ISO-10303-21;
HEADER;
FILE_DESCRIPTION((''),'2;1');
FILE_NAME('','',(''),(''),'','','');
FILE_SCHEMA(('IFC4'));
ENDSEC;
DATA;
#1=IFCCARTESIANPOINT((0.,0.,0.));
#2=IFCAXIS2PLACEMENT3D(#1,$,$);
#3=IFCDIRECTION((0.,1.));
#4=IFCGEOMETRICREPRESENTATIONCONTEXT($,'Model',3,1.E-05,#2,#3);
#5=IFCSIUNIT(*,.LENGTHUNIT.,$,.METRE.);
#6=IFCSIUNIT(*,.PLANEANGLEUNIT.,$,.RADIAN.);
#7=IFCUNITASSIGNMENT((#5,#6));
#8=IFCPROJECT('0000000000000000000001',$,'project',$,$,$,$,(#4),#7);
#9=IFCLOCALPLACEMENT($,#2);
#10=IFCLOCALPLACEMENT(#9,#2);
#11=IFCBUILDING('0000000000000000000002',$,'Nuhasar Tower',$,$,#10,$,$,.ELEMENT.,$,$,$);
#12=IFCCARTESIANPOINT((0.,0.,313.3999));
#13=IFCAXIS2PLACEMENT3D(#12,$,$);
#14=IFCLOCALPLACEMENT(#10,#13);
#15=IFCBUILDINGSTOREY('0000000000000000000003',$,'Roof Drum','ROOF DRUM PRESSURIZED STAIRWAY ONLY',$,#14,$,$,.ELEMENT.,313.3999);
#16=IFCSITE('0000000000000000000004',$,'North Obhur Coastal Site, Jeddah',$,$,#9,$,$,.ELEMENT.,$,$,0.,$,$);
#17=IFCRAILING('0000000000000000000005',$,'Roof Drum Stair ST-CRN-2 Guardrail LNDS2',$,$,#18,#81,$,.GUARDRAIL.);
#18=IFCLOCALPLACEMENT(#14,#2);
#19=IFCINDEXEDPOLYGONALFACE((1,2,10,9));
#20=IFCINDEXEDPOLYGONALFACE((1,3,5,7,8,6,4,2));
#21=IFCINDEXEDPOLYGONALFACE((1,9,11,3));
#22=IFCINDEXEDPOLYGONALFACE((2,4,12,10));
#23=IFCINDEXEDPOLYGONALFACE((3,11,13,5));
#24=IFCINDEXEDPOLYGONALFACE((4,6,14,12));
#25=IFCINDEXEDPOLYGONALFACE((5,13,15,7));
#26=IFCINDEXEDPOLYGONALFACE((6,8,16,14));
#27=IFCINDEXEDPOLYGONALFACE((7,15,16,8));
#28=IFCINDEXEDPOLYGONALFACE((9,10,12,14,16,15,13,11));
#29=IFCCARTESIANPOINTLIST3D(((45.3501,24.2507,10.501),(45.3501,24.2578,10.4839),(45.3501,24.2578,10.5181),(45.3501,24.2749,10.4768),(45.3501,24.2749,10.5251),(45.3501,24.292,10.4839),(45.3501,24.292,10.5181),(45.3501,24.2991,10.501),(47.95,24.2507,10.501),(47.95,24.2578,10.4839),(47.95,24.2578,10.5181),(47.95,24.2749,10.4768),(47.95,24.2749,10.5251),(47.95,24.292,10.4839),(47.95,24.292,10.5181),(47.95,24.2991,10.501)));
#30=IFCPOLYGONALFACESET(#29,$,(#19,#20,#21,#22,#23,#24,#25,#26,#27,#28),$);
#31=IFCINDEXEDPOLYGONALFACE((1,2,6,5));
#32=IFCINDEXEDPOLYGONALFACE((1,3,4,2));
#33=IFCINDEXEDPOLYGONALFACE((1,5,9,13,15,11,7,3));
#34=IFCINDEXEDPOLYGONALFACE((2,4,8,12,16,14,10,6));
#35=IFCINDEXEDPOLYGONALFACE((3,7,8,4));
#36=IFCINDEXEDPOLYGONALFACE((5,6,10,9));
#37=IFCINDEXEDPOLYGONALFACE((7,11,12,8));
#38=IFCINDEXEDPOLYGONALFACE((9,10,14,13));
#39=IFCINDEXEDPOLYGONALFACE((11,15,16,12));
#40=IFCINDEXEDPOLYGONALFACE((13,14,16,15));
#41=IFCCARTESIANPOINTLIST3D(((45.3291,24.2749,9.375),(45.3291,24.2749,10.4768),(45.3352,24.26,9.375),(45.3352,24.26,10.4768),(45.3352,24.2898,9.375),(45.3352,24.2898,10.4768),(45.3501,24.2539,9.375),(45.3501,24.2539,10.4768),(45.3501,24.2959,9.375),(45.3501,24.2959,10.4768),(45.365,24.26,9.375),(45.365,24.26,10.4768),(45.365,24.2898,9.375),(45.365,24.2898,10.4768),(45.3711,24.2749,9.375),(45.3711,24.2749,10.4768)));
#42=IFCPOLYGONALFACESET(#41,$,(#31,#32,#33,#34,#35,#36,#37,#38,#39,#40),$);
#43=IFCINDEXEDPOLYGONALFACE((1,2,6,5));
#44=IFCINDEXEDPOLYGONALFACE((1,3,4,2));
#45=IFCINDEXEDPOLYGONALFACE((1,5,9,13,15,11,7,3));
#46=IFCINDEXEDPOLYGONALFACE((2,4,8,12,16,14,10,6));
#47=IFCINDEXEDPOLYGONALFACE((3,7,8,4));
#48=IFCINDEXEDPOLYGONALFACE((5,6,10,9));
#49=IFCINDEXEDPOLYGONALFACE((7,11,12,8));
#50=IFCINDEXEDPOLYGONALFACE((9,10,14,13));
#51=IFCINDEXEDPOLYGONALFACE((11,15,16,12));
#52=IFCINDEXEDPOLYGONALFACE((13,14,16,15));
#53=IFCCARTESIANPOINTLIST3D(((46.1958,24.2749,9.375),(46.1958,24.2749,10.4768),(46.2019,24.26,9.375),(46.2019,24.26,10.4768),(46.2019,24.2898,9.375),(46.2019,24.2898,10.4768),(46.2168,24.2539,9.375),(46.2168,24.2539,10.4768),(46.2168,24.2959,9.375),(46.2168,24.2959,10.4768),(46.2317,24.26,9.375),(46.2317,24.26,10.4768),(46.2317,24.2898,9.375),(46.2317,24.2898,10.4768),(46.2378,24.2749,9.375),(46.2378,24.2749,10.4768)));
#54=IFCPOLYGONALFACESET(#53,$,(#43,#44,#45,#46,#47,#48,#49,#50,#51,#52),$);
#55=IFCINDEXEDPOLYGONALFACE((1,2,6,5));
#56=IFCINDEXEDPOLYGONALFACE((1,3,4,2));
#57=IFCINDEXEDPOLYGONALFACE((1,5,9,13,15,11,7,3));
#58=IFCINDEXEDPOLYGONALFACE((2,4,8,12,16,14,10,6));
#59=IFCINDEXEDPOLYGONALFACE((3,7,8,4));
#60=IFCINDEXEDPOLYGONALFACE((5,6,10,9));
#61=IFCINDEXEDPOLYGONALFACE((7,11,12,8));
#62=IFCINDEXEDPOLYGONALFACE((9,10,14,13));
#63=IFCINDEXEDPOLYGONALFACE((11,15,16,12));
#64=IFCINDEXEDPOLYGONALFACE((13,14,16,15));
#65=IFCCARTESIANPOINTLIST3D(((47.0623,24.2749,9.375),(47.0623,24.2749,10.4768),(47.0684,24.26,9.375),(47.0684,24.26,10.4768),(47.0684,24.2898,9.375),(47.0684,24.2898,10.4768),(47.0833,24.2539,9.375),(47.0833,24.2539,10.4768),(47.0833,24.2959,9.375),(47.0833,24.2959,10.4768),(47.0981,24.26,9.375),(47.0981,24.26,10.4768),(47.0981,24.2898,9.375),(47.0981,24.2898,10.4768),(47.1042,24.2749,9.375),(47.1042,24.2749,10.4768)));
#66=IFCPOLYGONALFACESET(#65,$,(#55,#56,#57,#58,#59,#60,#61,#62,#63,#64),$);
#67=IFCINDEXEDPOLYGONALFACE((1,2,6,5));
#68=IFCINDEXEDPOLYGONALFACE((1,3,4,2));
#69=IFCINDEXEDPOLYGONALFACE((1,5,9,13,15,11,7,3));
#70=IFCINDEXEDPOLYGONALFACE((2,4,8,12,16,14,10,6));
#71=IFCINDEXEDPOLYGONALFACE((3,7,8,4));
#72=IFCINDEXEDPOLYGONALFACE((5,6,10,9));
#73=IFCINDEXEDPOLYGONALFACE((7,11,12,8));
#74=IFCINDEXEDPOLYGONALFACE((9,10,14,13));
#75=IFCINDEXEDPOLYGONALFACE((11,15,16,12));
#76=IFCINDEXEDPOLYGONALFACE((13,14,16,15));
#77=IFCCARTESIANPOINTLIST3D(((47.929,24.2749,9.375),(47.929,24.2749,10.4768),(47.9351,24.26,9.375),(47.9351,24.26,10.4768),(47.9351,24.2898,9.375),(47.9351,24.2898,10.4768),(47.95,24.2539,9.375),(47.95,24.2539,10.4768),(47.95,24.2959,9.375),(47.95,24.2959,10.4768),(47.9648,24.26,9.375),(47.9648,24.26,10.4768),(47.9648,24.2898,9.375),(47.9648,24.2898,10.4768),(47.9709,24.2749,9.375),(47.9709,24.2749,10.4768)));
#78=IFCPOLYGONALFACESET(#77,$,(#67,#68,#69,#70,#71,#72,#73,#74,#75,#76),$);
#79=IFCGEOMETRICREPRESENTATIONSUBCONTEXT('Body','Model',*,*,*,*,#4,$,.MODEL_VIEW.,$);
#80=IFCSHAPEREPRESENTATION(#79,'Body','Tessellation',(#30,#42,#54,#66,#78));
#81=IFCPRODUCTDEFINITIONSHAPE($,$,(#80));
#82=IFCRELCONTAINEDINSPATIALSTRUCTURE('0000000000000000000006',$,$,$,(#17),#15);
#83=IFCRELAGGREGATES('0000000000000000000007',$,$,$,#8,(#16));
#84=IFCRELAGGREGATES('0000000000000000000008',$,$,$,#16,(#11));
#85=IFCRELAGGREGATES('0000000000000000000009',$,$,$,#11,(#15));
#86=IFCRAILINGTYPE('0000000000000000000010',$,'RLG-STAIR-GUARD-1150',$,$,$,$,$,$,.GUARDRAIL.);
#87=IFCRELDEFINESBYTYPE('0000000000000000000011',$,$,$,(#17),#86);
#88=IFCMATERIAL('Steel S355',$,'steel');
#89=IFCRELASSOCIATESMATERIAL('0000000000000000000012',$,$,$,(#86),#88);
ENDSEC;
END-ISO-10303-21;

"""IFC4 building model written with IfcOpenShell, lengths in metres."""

from ifc_helpers import new_model, si_unit, direction, frame, origin, place, context, subcontext, project, spatial, polyline, outline, extrude, material, type_object, element, save


model = new_model("IFC4")

# Units and contexts
model_context = context("Model", 3, precision=1e-05, world=origin(), true_north=direction((0.0, 1.0)))
body_context = subcontext(model_context, "Body", "Model", "MODEL_VIEW")
ifc_project = project(units=[si_unit("LENGTHUNIT", "METRE"), si_unit("PLANEANGLEUNIT", "RADIAN")], contexts=[model_context])

# Site, building, storey
site_placement = place(None, origin())
site = spatial("IfcSite", under=ifc_project, at=site_placement, Name="North Obhur Coastal Site, Jeddah", CompositionType="ELEMENT", RefElevation=0.0)
building_placement = place(site_placement, origin())
building = spatial("IfcBuilding", under=site, at=building_placement, Name="Nuhasar Tower", CompositionType="ELEMENT")
storey_placement = place(building_placement, frame((0.0, 0.0, 313.3999)))
storey = spatial("IfcBuildingStorey", under=building, at=storey_placement, Name="Roof Drum", Description="ROOF DRUM PRESSURIZED STAIRWAY ONLY", CompositionType="ELEMENT", Elevation=313.3999)

# Shared definitions
ifc_material_1 = material(Name="Steel S355", Category="steel")

# Railing
railing_type = type_object("IfcRailingType", Name="RLG-STAIR-GUARD-1150", PredefinedType="GUARDRAIL", material=ifc_material_1)
for number, where, name in (
    (1, (45.3501, 24.2749, 9.375), "Roof Drum Stair ST-CRN-2 Guardrail LNDS2"),
):
    element("IfcRailing", number, at=place(storey_placement, frame(where)), inside=storey, type_object=railing_type, Name=name, PredefinedType="GUARDRAIL", context=body_context, shape_type="SweptSolid", body=[
        extrude(outline(polyline([(0.0242, 0.0), (0.0171, 0.0171), (0.0, 0.0242), (-0.0171, 0.0171), (-0.0242, 0.0), (-0.0171, -0.0171), (0.0, -0.0242), (0.0171, -0.0171), (0.0242, 0.0)])), frame((0.0, 0.0, 1.126), z_axis=(1.0, 0.0, 0.0), x_axis=(0.0, 1.0, 0.0)), (0.0, 0.0, 1.0), 2.5999),
        extrude(outline(polyline([(0.021, 0.0), (0.0149, 0.0149), (0.0, 0.021), (-0.0149, 0.0149), (-0.021, 0.0), (-0.0149, -0.0149), (0.0, -0.021), (0.0149, -0.0149), (0.021, 0.0)])), origin(), (0.0, 0.0, 1.0), 1.1018),
        extrude(outline(polyline([(0.021, 0.0), (0.0149, 0.0149), (0.0, 0.021), (-0.0149, 0.0149), (-0.021, 0.0), (-0.0149, -0.0149), (0.0, -0.021), (0.0149, -0.0149), (0.021, 0.0)])), frame((0.8667, 0.0, 0.0)), (0.0, 0.0, 1.0), 1.1018),
        extrude(outline(polyline([(0.021, 0.0), (0.0149, 0.0149), (0.0, 0.021), (-0.0149, 0.0149), (-0.021, 0.0), (-0.0149, -0.0149), (0.0, -0.021), (0.0149, -0.0149), (0.021, 0.0)])), frame((1.7332, 0.0, 0.0)), (0.0, 0.0, 1.0), 1.1018),
        extrude(outline(polyline([(0.021, 0.0), (0.0149, 0.0149), (0.0, 0.021), (-0.0149, 0.0149), (-0.021, 0.0), (-0.0149, -0.0149), (0.0, -0.021), (0.0149, -0.0149), (0.021, 0.0)])), frame((2.5999, 0.0, 0.0)), (0.0, 0.0, 1.0), 1.1018),
    ])

save(model, "model.ifc")
